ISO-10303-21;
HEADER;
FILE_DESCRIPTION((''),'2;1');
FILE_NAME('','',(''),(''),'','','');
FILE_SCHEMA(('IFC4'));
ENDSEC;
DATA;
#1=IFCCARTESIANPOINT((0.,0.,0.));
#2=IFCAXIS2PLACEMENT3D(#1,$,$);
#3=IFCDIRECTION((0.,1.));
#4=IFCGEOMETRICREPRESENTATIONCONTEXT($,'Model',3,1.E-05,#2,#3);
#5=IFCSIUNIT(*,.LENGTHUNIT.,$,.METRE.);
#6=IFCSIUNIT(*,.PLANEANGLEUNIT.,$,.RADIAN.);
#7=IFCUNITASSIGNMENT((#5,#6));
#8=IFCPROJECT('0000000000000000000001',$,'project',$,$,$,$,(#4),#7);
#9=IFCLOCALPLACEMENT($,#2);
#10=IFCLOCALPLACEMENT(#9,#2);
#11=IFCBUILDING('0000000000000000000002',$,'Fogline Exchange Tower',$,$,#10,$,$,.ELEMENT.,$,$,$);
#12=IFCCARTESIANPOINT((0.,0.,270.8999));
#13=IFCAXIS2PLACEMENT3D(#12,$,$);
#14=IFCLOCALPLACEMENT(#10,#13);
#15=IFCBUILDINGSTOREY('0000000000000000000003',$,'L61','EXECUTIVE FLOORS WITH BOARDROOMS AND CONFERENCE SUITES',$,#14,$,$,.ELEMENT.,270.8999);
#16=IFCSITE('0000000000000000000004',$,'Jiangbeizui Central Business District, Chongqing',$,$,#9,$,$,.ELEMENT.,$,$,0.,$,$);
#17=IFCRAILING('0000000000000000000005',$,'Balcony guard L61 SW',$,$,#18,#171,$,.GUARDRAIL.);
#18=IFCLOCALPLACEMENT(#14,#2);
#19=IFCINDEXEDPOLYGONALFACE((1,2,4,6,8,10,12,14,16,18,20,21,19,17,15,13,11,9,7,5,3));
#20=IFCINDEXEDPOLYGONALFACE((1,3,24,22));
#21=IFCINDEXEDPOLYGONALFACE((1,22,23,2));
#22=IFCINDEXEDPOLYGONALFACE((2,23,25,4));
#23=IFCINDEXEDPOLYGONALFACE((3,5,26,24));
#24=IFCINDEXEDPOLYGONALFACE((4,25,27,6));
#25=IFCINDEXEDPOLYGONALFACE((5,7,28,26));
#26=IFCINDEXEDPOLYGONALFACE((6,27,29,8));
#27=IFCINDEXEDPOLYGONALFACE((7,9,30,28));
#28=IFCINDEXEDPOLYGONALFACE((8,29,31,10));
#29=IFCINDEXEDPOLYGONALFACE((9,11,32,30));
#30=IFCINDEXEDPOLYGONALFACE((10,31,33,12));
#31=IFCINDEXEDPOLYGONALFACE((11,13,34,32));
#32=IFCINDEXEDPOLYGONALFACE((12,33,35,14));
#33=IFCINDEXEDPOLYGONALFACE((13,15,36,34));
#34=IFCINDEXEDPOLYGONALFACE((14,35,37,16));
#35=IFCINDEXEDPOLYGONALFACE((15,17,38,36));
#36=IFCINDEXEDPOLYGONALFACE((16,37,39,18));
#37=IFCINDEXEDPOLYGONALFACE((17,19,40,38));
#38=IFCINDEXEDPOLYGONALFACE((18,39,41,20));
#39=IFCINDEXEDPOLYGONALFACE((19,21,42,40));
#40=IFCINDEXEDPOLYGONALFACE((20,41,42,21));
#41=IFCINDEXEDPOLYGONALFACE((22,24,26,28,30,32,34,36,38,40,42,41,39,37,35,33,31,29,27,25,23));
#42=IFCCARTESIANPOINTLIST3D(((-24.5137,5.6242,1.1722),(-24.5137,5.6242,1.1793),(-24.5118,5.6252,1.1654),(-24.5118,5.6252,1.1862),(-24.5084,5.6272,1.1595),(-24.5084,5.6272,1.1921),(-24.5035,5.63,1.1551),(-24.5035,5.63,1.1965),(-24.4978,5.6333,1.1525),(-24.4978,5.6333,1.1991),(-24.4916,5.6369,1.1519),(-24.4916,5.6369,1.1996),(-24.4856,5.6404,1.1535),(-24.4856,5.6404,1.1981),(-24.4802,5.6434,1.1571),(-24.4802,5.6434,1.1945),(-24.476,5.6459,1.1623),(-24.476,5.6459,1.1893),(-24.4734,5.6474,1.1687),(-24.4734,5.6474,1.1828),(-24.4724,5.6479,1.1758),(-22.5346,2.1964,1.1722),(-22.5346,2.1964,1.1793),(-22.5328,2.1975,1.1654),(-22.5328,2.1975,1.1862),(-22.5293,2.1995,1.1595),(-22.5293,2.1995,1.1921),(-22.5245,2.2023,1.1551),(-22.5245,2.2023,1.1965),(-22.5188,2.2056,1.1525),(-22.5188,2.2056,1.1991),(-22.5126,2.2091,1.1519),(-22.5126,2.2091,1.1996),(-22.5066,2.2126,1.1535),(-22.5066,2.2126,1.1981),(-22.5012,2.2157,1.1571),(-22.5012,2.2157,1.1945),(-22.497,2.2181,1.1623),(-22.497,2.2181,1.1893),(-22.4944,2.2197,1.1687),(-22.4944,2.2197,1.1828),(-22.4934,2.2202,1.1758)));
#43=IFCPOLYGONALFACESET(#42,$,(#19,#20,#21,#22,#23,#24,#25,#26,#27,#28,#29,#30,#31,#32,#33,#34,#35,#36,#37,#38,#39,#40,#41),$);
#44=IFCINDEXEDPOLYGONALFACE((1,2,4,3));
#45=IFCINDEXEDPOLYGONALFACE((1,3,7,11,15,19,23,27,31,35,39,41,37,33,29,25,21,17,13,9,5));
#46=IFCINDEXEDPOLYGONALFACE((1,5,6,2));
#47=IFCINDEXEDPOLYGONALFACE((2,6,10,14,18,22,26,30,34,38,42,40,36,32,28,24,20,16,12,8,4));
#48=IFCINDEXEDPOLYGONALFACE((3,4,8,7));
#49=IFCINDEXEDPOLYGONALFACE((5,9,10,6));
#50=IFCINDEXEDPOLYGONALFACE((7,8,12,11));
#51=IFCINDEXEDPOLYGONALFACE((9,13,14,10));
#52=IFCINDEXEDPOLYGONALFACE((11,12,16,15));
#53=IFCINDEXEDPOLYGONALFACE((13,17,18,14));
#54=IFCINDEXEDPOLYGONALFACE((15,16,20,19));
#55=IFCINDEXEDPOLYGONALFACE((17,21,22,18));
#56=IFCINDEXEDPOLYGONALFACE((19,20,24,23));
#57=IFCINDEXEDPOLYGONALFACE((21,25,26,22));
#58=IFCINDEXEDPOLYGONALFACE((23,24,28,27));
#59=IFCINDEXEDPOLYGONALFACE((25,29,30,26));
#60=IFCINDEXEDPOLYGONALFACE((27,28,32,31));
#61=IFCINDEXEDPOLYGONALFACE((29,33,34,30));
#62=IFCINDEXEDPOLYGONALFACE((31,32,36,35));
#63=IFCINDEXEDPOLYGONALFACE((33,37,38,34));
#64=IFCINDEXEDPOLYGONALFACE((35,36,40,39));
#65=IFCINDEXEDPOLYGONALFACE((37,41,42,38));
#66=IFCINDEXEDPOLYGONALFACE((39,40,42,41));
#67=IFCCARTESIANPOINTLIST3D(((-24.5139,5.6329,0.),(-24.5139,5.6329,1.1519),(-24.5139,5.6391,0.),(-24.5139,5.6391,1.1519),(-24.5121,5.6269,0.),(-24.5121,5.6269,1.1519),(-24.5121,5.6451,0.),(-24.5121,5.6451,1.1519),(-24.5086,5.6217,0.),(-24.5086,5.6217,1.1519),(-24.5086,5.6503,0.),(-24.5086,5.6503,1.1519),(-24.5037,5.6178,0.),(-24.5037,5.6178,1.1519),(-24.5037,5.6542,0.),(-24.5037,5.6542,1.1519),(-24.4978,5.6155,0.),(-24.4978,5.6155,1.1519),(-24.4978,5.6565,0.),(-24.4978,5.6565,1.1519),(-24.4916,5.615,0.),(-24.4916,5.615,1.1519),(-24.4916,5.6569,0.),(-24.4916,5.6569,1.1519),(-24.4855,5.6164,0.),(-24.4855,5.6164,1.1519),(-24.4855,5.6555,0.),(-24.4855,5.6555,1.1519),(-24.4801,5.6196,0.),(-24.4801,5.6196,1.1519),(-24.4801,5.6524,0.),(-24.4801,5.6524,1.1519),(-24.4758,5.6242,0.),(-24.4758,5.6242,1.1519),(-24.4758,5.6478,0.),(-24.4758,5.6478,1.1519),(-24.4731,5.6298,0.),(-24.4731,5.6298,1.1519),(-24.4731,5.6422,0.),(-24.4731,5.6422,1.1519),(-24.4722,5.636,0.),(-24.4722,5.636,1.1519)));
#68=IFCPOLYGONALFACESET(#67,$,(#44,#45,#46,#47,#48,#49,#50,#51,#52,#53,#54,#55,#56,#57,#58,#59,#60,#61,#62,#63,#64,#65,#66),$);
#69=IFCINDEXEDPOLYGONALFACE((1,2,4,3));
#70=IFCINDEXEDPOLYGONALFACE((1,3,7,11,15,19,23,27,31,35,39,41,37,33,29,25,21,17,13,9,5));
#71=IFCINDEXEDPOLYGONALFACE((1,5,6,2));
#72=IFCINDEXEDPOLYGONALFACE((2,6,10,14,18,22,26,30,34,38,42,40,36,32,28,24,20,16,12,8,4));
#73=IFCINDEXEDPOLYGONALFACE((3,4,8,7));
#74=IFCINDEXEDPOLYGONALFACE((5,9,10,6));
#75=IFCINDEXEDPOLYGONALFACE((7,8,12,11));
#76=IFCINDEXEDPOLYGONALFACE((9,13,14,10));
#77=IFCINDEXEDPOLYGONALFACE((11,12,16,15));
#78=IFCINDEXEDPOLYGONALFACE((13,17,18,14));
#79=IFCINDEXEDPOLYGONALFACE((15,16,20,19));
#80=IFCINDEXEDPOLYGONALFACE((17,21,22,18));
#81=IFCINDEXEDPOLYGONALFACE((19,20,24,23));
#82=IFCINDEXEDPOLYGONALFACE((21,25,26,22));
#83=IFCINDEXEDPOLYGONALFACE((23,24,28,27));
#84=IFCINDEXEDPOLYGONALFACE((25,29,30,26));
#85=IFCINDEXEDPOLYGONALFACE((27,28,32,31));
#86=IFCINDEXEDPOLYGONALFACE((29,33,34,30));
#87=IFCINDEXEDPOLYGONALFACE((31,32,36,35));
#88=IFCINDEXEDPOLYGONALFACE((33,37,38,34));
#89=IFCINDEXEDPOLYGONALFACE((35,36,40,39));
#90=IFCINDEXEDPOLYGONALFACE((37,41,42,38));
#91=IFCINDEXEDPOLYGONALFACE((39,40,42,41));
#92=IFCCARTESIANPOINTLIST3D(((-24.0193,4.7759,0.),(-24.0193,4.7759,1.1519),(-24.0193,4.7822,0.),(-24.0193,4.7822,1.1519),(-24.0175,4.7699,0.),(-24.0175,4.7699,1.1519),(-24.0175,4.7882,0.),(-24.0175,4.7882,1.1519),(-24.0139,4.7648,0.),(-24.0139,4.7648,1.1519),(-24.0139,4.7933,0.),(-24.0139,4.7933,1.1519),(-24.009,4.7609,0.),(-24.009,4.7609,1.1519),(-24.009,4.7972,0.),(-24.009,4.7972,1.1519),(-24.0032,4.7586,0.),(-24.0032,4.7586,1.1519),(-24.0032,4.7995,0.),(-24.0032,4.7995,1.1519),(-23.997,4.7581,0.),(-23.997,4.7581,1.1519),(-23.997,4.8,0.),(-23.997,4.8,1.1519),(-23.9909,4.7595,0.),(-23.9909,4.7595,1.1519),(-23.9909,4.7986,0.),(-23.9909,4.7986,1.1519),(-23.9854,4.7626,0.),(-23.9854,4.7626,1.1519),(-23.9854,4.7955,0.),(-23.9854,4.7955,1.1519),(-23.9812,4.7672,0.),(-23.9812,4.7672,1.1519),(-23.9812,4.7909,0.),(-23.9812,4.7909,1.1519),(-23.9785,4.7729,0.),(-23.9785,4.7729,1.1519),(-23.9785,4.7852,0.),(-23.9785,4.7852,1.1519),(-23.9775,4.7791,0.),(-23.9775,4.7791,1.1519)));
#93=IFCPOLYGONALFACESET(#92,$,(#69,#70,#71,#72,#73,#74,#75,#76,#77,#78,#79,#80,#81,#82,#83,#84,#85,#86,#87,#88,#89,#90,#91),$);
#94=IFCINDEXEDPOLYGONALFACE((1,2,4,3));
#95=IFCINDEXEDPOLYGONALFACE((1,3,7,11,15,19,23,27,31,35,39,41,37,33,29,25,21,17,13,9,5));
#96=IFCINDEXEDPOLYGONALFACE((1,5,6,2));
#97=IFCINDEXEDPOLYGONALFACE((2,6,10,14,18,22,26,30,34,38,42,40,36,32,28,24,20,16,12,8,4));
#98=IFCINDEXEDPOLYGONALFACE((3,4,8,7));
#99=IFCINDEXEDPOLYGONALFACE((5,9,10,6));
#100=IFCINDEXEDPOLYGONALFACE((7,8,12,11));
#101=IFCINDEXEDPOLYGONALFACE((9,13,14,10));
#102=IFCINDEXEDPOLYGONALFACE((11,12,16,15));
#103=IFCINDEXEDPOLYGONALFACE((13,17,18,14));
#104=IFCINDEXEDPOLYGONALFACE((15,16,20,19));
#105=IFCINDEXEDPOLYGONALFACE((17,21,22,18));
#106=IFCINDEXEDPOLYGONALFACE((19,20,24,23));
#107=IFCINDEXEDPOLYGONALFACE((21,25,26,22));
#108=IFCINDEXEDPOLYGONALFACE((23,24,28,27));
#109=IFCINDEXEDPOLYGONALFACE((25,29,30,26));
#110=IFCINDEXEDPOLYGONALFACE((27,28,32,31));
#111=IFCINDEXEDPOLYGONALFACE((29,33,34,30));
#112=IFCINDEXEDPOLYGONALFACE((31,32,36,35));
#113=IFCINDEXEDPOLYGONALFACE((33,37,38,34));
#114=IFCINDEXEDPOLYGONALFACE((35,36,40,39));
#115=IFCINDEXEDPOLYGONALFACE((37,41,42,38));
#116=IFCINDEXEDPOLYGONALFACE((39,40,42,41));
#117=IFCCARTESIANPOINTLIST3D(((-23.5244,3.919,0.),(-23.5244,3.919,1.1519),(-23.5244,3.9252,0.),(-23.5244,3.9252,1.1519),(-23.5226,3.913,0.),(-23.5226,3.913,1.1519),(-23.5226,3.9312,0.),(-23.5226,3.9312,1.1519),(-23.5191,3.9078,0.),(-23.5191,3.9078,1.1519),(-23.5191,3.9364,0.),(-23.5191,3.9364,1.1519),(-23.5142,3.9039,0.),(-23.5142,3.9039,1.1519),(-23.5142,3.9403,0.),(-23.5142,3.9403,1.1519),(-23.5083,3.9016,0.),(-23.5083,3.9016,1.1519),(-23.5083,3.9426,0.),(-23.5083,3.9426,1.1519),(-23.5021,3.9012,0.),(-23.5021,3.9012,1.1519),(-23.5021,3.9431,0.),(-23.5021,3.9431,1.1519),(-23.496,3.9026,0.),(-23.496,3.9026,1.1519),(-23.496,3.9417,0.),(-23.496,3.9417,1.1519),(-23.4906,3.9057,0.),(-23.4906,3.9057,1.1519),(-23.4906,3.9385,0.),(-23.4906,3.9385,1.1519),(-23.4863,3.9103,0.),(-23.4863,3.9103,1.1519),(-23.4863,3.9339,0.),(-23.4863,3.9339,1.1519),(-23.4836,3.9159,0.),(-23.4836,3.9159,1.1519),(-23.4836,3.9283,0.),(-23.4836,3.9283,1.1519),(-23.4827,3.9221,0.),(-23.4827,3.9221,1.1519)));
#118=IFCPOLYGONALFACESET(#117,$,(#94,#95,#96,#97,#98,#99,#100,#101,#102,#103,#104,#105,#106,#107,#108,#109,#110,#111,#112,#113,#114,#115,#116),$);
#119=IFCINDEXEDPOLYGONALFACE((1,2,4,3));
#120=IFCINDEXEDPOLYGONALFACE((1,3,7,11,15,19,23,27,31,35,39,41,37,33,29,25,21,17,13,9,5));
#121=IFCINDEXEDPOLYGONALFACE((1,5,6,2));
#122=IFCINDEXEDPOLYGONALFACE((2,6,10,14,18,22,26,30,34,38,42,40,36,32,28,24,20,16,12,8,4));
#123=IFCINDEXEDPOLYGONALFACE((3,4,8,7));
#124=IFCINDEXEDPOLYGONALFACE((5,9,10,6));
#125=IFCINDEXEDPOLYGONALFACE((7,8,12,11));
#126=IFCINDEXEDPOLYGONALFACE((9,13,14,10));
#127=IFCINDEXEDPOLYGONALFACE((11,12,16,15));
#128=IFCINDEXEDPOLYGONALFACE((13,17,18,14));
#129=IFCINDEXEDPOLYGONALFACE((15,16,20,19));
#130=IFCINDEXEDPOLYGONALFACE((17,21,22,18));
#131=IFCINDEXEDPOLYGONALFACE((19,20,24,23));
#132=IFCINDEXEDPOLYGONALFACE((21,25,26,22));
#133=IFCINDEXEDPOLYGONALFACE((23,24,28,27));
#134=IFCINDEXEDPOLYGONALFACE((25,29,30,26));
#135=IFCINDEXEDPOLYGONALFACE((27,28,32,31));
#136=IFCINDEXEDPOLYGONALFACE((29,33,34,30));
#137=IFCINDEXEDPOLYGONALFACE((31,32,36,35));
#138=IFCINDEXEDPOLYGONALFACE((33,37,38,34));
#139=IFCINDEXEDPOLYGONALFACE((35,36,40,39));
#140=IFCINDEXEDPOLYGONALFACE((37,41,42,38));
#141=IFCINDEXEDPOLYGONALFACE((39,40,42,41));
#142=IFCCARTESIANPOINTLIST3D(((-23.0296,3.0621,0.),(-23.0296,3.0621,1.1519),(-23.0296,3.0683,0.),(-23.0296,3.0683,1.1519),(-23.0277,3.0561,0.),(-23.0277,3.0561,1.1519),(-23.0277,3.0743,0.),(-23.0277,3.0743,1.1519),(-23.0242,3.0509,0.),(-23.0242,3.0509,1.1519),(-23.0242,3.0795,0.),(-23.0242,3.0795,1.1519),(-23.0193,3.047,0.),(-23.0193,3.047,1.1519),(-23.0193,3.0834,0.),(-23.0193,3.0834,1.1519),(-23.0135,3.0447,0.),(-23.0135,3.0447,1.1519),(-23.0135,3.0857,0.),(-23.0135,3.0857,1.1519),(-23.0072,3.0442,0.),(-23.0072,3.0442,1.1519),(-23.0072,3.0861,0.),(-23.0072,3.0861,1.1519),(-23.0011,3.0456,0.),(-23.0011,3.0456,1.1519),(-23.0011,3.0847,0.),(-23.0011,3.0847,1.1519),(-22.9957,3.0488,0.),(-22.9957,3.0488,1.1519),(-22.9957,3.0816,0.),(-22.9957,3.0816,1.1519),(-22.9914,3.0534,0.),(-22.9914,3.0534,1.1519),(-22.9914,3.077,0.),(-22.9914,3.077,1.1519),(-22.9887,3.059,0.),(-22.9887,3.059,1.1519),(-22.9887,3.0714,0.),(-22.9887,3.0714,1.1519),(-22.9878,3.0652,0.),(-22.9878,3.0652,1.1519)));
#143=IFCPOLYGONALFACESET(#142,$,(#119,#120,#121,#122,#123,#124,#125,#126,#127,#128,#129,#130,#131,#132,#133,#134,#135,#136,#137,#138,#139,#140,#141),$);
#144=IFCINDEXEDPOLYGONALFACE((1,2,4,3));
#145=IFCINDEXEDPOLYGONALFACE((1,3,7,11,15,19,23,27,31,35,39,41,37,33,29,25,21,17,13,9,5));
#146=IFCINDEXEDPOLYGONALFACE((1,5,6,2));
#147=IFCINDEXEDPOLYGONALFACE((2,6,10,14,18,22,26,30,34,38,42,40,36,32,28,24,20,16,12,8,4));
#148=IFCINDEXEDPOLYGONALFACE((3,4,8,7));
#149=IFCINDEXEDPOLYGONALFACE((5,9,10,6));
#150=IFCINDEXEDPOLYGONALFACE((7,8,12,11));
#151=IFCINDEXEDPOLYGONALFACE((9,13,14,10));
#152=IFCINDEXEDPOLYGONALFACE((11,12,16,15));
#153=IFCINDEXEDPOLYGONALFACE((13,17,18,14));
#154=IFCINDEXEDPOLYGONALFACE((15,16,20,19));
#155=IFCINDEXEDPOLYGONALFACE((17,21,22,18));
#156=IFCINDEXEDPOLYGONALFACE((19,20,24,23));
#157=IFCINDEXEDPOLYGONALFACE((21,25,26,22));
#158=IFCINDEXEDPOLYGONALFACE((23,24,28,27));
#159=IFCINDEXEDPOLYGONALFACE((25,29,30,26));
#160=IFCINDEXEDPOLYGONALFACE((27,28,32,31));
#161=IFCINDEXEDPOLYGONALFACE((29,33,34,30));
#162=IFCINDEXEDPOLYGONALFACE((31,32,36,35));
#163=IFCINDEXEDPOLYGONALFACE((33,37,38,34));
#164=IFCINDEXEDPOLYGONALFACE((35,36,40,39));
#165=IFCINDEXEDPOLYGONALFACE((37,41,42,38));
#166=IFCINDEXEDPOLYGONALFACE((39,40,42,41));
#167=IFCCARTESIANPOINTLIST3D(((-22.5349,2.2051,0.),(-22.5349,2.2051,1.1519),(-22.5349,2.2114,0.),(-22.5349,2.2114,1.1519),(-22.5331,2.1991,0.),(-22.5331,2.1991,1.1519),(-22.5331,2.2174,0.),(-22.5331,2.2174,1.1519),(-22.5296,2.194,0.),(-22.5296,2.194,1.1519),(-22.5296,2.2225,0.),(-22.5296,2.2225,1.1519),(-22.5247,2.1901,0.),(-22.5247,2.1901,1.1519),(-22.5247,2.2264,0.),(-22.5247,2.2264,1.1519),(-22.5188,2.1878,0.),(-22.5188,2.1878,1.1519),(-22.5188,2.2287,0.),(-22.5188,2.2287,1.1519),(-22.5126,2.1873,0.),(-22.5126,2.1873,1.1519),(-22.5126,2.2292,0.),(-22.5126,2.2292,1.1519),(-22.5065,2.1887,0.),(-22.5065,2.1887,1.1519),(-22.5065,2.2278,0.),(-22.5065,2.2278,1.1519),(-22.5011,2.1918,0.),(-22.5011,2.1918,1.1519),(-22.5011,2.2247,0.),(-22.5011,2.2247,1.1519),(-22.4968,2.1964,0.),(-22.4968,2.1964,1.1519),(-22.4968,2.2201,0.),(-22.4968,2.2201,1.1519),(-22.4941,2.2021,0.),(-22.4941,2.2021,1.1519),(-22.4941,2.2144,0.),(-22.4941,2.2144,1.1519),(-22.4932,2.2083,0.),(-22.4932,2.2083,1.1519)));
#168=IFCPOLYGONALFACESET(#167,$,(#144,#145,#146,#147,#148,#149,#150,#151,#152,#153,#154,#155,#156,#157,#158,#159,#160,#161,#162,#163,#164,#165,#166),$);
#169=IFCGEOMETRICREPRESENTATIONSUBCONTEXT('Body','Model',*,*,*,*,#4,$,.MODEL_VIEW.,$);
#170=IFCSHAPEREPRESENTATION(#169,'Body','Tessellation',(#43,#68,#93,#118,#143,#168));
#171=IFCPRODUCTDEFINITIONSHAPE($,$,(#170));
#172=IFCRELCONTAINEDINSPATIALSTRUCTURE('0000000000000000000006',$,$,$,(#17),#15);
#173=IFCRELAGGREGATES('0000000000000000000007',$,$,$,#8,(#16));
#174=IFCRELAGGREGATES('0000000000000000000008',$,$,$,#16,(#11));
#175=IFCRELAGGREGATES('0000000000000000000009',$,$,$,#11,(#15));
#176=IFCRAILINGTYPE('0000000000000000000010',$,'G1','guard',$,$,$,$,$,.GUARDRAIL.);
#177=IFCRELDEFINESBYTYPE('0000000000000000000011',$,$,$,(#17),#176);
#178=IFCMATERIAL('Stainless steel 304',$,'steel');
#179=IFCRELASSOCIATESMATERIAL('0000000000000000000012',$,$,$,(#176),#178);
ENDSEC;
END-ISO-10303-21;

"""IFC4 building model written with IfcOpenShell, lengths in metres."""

from ifc_helpers import new_model, si_unit, direction, frame, origin, origin_2d, place, context, subcontext, project, spatial, circle, extrude, material, type_object, element, save


model = new_model("IFC4")

# Units and contexts
model_context = context("Model", 3, precision=1e-05, world=origin(), true_north=direction((0.0, 1.0)))
body_context = subcontext(model_context, "Body", "Model", "MODEL_VIEW")
ifc_project = project(units=[si_unit("LENGTHUNIT", "METRE"), si_unit("PLANEANGLEUNIT", "RADIAN")], contexts=[model_context])

# Site, building, storey
site_placement = place(None, origin())
site = spatial("IfcSite", under=ifc_project, at=site_placement, Name="Jiangbeizui Central Business District, Chongqing", CompositionType="ELEMENT", RefElevation=0.0)
building_placement = place(site_placement, origin())
building = spatial("IfcBuilding", under=site, at=building_placement, Name="Fogline Exchange Tower", CompositionType="ELEMENT")
storey_placement = place(building_placement, frame((0.0, 0.0, 270.8999)))
storey = spatial("IfcBuildingStorey", under=building, at=storey_placement, Name="L61", Description="EXECUTIVE FLOORS WITH BOARDROOMS AND CONFERENCE SUITES", CompositionType="ELEMENT", Elevation=270.8999)

# Railing
ifc_material_1 = material(Name="Stainless steel 304", Category="steel")
railing_type = type_object("IfcRailingType", Name="G1", Description="guard", PredefinedType="GUARDRAIL", material=ifc_material_1)
railing_placement = place(storey_placement, frame((-24.4932, 5.636, 0.0)))
element("IfcRailing", 1, at=railing_placement, inside=storey, type_object=railing_type, Name="Balcony guard L61 SW", PredefinedType="GUARDRAIL", context=body_context, shape_type="SweptSolid", body=[
    extrude(circle(Radius=0.0239, at=origin_2d()), frame((0.0, 0.0, 1.1758), z_axis=(0.5, -0.866025, 0.0), x_axis=(0.866025, 0.5, 0.0)), (0.0, 0.0, 1.0), 3.958),
    extrude(circle(Radius=0.021, at=origin_2d()), origin(), (0.0, 0.0, 1.0), 1.1519),
    extrude(circle(Radius=0.021, at=origin_2d()), frame((0.4946, -0.8569, 0.0)), (0.0, 0.0, 1.0), 1.1519),
    extrude(circle(Radius=0.021, at=origin_2d()), frame((0.9895, -1.7139, 0.0)), (0.0, 0.0, 1.0), 1.1519),
    extrude(circle(Radius=0.021, at=origin_2d()), frame((1.4844, -2.5708, 0.0)), (0.0, 0.0, 1.0), 1.1519),
    extrude(circle(Radius=0.021, at=origin_2d()), frame((1.979, -3.4277, 0.0)), (0.0, 0.0, 1.0), 1.1519),
])

save(model, "model.ifc")
